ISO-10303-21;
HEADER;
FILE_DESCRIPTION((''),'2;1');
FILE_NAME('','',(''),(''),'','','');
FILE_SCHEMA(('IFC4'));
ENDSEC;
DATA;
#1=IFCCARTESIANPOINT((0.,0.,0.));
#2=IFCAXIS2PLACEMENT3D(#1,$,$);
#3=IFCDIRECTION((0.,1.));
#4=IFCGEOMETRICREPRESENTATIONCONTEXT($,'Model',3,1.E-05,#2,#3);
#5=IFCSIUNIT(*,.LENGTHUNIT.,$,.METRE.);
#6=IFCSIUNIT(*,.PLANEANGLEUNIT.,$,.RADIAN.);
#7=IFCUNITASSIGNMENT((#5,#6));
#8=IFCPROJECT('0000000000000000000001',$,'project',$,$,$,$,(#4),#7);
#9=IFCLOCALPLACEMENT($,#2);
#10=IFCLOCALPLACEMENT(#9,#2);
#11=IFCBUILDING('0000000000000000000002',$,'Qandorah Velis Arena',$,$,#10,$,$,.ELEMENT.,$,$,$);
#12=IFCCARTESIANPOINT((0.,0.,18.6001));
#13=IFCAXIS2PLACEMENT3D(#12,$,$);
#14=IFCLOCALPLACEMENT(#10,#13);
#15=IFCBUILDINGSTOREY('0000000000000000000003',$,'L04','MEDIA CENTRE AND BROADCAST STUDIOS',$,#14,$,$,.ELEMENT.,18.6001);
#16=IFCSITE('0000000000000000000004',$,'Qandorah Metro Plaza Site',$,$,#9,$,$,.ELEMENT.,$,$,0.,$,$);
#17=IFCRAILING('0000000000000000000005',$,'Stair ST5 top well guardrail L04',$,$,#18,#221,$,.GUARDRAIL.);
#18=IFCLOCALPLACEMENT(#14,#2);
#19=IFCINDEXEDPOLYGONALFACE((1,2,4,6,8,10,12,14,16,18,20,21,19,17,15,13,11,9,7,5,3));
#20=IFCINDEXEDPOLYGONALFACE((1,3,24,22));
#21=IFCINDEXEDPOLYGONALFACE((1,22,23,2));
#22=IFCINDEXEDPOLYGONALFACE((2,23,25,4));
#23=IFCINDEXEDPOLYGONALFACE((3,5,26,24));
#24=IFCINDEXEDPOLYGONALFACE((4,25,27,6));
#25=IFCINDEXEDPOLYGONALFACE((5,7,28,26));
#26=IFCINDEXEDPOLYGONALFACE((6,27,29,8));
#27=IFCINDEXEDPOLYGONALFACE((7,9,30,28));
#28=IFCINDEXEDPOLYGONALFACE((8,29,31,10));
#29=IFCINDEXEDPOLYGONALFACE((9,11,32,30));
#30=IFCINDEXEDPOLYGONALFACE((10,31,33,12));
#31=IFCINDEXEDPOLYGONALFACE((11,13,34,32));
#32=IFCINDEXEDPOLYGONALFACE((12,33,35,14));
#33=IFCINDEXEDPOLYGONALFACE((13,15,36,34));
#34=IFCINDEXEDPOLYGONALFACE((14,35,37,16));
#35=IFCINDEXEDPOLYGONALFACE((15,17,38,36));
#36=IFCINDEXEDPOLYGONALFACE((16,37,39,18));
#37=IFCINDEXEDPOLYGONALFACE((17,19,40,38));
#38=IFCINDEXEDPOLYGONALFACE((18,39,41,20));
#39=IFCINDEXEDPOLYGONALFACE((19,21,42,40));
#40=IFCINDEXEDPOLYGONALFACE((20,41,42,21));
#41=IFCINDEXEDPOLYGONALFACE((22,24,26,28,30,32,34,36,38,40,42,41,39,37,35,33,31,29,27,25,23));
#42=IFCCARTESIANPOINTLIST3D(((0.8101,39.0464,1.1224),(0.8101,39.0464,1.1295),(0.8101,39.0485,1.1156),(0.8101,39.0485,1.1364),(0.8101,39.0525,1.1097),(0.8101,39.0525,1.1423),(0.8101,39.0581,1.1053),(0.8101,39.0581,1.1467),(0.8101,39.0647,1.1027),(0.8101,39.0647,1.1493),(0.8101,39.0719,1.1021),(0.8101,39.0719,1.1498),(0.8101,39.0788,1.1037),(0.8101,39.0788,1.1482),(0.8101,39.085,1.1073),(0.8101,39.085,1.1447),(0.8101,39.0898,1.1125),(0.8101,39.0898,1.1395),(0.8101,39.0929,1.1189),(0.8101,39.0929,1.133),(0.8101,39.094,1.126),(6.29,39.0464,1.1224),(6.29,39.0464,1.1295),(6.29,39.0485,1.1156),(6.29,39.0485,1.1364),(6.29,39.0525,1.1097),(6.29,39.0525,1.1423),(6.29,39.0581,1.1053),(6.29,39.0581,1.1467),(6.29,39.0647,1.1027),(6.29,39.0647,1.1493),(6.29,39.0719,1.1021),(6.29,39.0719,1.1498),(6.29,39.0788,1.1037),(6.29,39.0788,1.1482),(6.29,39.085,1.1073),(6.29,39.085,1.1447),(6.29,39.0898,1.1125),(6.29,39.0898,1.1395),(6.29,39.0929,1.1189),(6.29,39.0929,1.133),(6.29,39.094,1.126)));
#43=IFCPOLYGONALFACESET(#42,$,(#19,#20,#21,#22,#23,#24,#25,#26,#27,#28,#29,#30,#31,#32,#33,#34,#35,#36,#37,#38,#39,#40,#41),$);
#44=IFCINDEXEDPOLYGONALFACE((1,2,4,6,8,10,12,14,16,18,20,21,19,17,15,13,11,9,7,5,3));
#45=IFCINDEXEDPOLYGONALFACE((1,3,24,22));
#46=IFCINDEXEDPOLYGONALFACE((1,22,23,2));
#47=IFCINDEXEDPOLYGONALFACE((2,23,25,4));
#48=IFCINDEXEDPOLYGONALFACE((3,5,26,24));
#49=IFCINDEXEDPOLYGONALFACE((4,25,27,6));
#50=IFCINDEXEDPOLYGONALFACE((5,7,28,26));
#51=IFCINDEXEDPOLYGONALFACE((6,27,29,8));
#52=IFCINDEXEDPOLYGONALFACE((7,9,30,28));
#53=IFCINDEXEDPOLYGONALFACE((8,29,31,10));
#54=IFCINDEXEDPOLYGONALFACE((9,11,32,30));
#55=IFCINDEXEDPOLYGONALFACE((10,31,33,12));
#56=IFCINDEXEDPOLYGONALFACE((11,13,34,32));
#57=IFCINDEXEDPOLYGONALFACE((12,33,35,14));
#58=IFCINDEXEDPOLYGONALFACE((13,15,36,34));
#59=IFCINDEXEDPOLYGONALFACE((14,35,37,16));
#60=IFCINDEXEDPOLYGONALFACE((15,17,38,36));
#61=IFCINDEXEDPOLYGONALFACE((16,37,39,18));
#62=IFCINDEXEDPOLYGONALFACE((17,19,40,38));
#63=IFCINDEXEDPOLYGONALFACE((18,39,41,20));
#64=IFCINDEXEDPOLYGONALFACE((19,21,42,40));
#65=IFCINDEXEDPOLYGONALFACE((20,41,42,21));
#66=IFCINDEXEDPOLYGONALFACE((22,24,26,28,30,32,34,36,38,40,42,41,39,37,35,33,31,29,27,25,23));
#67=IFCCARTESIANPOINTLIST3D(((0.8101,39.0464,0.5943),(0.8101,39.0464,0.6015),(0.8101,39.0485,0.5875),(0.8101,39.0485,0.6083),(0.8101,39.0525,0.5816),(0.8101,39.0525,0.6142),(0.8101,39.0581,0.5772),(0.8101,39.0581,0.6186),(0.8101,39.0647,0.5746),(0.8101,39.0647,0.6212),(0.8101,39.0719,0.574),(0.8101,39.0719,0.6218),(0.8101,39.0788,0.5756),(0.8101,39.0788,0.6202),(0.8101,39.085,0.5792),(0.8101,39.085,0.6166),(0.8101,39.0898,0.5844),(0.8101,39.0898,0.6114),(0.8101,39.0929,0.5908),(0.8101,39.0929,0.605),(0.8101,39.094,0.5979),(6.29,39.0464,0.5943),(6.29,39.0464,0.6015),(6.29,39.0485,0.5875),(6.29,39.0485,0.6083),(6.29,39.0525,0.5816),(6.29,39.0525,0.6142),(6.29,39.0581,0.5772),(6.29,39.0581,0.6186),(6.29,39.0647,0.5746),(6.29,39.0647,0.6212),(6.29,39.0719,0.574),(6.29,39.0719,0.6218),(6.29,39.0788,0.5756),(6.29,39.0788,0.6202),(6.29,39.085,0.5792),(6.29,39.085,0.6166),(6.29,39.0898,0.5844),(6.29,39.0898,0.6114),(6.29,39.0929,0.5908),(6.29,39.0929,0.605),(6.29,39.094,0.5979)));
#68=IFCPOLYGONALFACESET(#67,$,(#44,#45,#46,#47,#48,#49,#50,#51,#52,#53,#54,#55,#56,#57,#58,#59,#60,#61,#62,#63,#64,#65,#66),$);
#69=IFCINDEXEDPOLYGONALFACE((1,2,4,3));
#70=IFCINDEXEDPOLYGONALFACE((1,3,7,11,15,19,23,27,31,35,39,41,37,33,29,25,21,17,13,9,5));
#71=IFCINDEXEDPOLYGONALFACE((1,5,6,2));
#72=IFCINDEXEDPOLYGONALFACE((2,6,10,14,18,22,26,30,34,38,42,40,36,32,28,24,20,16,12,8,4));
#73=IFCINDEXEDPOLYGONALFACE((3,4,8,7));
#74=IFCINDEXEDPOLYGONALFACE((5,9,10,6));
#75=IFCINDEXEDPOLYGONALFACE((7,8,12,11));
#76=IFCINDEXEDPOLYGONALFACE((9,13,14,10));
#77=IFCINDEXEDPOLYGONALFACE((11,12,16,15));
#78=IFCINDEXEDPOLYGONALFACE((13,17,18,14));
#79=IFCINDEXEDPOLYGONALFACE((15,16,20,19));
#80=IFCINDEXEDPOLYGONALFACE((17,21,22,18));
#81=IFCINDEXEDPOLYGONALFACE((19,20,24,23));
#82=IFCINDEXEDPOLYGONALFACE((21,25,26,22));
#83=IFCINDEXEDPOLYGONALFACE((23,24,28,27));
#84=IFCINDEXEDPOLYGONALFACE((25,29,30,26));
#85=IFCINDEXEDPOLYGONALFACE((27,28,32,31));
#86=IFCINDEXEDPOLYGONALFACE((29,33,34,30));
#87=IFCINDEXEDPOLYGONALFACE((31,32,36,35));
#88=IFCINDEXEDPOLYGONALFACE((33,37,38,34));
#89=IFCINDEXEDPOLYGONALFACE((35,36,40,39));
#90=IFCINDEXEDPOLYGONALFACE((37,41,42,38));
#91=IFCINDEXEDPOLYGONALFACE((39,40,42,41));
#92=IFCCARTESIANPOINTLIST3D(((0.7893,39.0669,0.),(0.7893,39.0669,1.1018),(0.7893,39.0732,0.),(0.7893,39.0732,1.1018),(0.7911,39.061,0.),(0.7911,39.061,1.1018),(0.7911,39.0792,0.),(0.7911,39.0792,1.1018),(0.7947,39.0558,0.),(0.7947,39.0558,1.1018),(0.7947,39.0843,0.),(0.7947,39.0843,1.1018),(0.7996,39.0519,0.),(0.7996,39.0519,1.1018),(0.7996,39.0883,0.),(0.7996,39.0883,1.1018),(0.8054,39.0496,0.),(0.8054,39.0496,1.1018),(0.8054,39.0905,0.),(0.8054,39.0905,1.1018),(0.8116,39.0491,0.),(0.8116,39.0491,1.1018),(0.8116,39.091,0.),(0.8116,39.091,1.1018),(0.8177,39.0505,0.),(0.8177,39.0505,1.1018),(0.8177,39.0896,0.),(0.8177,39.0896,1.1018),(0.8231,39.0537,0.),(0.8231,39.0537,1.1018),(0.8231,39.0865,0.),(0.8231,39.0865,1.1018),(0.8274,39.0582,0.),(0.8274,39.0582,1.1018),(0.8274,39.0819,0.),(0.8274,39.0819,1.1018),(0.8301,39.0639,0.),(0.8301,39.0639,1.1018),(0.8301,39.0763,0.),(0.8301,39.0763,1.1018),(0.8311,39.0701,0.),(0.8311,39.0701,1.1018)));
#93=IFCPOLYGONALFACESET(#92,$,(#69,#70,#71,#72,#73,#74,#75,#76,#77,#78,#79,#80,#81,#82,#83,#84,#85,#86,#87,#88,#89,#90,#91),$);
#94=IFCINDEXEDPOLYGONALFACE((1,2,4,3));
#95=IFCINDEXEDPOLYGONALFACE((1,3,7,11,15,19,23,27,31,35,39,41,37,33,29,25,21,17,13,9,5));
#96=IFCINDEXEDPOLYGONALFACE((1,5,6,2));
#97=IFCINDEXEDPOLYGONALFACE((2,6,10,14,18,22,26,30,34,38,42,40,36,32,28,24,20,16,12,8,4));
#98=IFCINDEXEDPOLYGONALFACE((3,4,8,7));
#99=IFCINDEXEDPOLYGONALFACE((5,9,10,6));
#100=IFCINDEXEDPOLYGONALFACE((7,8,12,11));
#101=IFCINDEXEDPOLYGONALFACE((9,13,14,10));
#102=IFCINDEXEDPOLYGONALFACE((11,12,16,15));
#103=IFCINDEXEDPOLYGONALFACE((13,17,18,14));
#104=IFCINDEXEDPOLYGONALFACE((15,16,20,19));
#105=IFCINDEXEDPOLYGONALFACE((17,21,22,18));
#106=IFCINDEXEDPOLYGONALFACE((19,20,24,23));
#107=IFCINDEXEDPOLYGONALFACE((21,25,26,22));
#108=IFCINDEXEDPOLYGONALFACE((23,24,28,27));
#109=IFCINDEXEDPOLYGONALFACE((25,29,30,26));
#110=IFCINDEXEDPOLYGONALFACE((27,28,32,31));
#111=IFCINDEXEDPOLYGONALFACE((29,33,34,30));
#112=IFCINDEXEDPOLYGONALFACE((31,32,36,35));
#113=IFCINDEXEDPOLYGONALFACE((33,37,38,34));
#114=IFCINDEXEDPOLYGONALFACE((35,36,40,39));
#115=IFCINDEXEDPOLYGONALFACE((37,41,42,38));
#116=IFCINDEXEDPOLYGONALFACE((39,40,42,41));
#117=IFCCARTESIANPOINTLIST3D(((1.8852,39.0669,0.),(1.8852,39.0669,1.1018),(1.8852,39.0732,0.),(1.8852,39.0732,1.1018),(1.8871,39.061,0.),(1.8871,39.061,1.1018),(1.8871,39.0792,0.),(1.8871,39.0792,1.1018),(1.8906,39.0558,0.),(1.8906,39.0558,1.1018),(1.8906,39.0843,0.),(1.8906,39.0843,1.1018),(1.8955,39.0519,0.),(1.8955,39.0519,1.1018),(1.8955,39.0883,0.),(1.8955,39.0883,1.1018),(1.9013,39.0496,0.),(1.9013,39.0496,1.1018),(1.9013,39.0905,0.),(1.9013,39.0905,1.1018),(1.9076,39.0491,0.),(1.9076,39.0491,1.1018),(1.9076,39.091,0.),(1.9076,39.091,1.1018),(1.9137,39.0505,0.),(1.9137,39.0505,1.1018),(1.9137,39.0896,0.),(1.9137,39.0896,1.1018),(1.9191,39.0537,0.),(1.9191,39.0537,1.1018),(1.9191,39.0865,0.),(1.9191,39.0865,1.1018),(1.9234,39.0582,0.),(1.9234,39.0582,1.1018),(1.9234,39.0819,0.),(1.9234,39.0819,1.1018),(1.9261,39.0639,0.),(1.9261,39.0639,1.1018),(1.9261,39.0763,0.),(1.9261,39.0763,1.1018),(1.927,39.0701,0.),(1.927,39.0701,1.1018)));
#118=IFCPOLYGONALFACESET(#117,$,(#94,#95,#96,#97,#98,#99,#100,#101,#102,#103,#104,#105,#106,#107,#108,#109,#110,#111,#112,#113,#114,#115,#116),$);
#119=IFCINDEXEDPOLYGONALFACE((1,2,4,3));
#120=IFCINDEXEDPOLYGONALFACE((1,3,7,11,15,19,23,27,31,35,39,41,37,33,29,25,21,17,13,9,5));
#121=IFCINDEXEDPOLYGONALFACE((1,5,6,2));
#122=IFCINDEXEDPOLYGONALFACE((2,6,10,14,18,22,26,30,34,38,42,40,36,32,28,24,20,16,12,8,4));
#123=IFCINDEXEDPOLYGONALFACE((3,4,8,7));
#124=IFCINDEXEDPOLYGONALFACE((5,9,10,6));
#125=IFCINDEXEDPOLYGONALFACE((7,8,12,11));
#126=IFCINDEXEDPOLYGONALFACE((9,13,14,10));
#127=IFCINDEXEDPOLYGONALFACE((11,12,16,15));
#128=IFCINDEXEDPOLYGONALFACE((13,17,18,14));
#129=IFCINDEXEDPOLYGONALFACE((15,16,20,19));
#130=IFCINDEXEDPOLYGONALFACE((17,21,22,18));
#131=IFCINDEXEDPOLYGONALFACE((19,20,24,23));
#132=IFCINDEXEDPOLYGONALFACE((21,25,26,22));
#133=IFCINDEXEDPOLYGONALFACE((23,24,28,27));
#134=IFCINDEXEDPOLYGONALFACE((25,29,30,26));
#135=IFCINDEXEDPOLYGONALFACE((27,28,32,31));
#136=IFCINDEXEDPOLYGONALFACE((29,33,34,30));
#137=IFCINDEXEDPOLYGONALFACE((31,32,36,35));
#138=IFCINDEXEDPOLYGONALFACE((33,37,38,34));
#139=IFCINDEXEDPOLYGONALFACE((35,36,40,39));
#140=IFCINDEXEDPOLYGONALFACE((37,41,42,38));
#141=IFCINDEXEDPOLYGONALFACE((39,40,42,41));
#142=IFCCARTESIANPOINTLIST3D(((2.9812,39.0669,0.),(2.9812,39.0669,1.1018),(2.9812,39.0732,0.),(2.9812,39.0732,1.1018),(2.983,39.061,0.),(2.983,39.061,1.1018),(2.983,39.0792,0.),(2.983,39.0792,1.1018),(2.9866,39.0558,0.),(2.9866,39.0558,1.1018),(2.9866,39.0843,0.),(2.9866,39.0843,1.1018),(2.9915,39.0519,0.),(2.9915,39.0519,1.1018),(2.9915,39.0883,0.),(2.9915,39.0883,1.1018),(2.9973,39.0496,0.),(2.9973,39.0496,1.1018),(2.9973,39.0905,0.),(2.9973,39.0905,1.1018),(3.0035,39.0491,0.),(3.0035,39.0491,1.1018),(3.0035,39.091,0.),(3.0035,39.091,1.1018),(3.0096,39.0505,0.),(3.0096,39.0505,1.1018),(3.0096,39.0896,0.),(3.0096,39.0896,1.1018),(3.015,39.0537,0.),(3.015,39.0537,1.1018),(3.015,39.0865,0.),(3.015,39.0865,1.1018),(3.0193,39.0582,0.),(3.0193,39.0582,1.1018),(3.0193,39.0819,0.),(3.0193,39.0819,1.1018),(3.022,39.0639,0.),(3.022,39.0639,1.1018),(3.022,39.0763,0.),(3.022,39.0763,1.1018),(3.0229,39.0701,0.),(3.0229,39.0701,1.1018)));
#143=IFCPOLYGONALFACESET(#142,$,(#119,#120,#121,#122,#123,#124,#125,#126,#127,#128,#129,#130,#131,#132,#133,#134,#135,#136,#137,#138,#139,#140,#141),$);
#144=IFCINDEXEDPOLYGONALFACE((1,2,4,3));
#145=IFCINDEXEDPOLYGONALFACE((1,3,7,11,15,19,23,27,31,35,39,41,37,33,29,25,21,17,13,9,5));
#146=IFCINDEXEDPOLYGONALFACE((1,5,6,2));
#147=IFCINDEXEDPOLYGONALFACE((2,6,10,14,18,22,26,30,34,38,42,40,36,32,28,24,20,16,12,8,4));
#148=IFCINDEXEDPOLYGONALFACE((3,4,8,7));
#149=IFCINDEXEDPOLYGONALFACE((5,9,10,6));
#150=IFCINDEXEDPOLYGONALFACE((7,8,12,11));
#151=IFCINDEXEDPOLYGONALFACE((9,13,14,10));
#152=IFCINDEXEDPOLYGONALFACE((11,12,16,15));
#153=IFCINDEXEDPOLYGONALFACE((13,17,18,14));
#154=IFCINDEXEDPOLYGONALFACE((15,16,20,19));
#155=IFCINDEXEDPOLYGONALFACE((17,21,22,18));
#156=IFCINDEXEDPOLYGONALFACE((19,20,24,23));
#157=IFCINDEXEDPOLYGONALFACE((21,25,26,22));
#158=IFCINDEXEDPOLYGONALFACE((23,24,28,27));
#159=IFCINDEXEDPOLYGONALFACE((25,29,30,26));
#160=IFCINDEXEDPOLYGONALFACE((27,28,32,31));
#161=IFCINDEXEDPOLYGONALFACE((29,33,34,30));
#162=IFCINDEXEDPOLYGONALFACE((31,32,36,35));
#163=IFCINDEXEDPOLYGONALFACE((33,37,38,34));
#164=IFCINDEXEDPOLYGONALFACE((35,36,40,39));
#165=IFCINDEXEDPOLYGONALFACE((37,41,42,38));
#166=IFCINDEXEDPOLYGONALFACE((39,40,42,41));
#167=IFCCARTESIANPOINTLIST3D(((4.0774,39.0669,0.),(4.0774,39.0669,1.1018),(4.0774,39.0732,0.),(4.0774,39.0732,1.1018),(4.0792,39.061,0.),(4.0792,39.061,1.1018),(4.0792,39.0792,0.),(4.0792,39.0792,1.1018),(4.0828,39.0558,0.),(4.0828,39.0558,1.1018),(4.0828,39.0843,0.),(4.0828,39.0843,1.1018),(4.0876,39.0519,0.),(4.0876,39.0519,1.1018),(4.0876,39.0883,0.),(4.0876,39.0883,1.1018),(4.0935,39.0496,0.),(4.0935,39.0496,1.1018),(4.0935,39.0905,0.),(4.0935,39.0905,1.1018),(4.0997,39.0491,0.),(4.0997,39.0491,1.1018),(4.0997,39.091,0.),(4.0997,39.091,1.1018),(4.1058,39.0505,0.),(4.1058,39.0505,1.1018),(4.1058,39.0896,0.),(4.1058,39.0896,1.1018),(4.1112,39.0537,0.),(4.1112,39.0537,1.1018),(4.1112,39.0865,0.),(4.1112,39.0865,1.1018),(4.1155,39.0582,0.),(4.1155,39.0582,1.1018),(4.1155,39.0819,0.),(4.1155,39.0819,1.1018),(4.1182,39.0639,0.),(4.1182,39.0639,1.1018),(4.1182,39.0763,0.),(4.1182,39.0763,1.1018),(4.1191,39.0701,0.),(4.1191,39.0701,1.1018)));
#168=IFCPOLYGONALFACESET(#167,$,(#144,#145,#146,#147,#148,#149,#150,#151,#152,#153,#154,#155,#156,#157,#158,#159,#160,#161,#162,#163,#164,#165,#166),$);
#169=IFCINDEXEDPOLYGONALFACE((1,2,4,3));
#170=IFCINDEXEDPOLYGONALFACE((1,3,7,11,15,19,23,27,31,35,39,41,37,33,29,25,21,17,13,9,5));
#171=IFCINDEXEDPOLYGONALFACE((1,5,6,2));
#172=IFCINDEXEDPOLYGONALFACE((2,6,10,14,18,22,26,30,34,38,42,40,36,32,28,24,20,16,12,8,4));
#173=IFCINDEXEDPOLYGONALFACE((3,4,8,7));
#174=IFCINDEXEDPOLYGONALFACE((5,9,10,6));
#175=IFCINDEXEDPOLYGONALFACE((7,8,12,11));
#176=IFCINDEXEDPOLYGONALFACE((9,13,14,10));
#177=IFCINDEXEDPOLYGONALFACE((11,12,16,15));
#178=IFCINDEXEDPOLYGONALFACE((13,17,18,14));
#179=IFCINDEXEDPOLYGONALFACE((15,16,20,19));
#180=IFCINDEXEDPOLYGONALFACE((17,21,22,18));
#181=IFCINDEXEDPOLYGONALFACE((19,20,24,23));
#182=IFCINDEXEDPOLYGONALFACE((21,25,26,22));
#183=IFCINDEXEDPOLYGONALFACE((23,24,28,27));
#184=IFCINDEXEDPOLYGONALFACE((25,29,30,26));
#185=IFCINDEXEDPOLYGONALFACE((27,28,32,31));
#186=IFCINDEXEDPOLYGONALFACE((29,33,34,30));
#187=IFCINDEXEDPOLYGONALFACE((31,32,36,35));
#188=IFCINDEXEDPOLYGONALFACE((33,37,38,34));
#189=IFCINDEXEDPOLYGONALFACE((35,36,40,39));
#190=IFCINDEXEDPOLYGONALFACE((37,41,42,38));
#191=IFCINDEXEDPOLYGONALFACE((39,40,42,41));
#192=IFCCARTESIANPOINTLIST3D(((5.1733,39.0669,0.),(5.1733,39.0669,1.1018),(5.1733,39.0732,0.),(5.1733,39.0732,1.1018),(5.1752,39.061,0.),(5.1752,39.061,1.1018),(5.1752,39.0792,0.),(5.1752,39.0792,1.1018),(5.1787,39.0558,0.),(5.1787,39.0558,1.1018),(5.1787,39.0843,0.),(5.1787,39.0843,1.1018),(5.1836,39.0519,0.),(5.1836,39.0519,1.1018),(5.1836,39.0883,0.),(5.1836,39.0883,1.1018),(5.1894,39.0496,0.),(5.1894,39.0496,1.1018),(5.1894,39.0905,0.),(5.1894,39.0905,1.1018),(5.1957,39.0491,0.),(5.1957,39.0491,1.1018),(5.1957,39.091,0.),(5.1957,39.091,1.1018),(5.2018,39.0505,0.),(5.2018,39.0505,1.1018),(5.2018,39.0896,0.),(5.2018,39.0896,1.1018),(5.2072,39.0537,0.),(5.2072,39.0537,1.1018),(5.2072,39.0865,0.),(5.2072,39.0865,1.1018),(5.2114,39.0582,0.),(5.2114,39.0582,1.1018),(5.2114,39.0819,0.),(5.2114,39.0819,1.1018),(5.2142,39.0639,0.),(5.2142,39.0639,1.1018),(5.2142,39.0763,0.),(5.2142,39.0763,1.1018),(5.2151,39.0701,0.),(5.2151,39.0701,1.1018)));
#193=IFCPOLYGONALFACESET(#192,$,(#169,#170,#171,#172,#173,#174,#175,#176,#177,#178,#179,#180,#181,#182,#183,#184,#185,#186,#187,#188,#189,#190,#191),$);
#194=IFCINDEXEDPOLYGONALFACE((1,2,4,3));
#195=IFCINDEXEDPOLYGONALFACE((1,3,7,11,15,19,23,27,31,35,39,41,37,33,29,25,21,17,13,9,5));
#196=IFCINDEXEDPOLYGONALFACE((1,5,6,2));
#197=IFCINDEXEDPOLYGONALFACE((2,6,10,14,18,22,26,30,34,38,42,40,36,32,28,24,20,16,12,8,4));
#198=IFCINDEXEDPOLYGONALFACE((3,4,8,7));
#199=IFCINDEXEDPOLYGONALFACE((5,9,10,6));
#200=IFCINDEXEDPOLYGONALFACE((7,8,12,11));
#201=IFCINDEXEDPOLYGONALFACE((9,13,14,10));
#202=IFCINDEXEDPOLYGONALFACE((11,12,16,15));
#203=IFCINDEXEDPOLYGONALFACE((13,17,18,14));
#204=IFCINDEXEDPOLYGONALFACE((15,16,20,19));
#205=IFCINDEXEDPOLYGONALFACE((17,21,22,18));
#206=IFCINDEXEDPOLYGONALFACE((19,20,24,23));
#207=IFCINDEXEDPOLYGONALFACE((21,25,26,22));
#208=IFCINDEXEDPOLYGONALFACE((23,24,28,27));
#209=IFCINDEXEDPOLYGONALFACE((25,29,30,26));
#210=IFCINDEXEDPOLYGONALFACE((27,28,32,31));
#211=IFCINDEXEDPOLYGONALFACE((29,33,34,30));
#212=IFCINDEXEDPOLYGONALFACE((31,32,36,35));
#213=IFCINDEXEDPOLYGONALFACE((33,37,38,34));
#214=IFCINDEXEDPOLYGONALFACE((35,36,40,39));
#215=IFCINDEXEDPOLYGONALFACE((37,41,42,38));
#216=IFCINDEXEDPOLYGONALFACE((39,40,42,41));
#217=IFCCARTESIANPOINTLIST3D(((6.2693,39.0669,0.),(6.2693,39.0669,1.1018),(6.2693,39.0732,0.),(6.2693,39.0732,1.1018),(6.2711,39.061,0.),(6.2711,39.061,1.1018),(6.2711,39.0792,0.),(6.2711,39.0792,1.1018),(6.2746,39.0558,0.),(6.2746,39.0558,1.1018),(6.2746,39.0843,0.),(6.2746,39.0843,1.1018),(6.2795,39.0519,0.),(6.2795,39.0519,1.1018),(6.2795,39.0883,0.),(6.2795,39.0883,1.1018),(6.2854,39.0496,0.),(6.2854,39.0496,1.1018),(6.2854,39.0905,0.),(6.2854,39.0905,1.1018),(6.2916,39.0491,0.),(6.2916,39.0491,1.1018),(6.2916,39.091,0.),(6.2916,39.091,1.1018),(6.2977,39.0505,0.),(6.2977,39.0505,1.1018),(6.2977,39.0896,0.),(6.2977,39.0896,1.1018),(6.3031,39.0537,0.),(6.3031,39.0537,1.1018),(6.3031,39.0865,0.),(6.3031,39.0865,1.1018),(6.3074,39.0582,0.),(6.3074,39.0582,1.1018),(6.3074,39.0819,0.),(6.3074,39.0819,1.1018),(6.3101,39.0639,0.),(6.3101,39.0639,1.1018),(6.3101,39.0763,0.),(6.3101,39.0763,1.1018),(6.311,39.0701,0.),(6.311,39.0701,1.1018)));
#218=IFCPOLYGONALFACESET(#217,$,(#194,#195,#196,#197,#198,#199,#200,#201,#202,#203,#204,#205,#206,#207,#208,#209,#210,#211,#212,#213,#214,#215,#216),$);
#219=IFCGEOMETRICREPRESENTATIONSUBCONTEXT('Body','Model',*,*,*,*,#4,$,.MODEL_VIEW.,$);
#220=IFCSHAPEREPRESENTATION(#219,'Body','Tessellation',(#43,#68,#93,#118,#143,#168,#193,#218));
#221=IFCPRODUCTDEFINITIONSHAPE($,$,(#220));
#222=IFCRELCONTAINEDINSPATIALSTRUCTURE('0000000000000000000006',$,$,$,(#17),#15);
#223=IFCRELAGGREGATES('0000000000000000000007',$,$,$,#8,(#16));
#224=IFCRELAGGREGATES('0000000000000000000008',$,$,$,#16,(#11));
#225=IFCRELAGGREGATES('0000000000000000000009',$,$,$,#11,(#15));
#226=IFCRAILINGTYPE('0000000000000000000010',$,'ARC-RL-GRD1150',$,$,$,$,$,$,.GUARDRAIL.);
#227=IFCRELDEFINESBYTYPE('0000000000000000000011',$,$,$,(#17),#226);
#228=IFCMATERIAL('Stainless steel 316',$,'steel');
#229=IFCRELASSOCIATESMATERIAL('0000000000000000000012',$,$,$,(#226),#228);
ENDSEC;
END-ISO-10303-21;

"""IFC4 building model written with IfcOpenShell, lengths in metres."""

from ifc_helpers import new_model, si_unit, direction, frame, origin, origin_2d, place, context, subcontext, project, spatial, circle, extrude, material, type_object, element, save


model = new_model("IFC4")

# Units and contexts
model_context = context("Model", 3, precision=1e-05, world=origin(), true_north=direction((0.0, 1.0)))
body_context = subcontext(model_context, "Body", "Model", "MODEL_VIEW")
ifc_project = project(units=[si_unit("LENGTHUNIT", "METRE"), si_unit("PLANEANGLEUNIT", "RADIAN")], contexts=[model_context])

# Site, building, storey
site_placement = place(None, origin())
site = spatial("IfcSite", under=ifc_project, at=site_placement, Name="Qandorah Metro Plaza Site", CompositionType="ELEMENT", RefElevation=0.0)
building_placement = place(site_placement, origin())
building = spatial("IfcBuilding", under=site, at=building_placement, Name="Qandorah Velis Arena", CompositionType="ELEMENT")
storey_placement = place(building_placement, frame((0.0, 0.0, 18.6001)))
storey = spatial("IfcBuildingStorey", under=building, at=storey_placement, Name="L04", Description="MEDIA CENTRE AND BROADCAST STUDIOS", CompositionType="ELEMENT", Elevation=18.6001)

# Railing
ifc_material_1 = material(Name="Stainless steel 316", Category="steel")
railing_type = type_object("IfcRailingType", Name="ARC-RL-GRD1150", PredefinedType="GUARDRAIL", material=ifc_material_1)
railing_placement = place(storey_placement, frame((0.8101, 39.0701, 0.0)))
element("IfcRailing", 1, at=railing_placement, inside=storey, type_object=railing_type, Name="Stair ST5 top well guardrail L04", PredefinedType="GUARDRAIL", context=body_context, shape_type="SweptSolid", body=[
    extrude(circle(Radius=0.0239, at=origin_2d()), frame((0.0, 0.0, 1.126), z_axis=(1.0, 0.0, 0.0), x_axis=(0.0, 1.0, 0.0)), (0.0, 0.0, 1.0), 5.48),
    extrude(circle(Radius=0.0239, at=origin_2d()), frame((0.0, 0.0, 0.5979), z_axis=(1.0, 0.0, 0.0), x_axis=(0.0, 1.0, 0.0)), (0.0, 0.0, 1.0), 5.48),
    extrude(circle(Radius=0.021, at=origin_2d()), origin(), (0.0, 0.0, 1.0), 1.1018),
    extrude(circle(Radius=0.021, at=origin_2d()), frame((1.0959, 0.0, 0.0)), (0.0, 0.0, 1.0), 1.1018),
    extrude(circle(Radius=0.021, at=origin_2d()), frame((2.1919, 0.0, 0.0)), (0.0, 0.0, 1.0), 1.1018),
    extrude(circle(Radius=0.021, at=origin_2d()), frame((3.2881, 0.0, 0.0)), (0.0, 0.0, 1.0), 1.1018),
    extrude(circle(Radius=0.021, at=origin_2d()), frame((4.384, 0.0, 0.0)), (0.0, 0.0, 1.0), 1.1018),
    extrude(circle(Radius=0.021, at=origin_2d()), frame((5.48, 0.0, 0.0)), (0.0, 0.0, 1.0), 1.1018),
])

save(model, "model.ifc")
